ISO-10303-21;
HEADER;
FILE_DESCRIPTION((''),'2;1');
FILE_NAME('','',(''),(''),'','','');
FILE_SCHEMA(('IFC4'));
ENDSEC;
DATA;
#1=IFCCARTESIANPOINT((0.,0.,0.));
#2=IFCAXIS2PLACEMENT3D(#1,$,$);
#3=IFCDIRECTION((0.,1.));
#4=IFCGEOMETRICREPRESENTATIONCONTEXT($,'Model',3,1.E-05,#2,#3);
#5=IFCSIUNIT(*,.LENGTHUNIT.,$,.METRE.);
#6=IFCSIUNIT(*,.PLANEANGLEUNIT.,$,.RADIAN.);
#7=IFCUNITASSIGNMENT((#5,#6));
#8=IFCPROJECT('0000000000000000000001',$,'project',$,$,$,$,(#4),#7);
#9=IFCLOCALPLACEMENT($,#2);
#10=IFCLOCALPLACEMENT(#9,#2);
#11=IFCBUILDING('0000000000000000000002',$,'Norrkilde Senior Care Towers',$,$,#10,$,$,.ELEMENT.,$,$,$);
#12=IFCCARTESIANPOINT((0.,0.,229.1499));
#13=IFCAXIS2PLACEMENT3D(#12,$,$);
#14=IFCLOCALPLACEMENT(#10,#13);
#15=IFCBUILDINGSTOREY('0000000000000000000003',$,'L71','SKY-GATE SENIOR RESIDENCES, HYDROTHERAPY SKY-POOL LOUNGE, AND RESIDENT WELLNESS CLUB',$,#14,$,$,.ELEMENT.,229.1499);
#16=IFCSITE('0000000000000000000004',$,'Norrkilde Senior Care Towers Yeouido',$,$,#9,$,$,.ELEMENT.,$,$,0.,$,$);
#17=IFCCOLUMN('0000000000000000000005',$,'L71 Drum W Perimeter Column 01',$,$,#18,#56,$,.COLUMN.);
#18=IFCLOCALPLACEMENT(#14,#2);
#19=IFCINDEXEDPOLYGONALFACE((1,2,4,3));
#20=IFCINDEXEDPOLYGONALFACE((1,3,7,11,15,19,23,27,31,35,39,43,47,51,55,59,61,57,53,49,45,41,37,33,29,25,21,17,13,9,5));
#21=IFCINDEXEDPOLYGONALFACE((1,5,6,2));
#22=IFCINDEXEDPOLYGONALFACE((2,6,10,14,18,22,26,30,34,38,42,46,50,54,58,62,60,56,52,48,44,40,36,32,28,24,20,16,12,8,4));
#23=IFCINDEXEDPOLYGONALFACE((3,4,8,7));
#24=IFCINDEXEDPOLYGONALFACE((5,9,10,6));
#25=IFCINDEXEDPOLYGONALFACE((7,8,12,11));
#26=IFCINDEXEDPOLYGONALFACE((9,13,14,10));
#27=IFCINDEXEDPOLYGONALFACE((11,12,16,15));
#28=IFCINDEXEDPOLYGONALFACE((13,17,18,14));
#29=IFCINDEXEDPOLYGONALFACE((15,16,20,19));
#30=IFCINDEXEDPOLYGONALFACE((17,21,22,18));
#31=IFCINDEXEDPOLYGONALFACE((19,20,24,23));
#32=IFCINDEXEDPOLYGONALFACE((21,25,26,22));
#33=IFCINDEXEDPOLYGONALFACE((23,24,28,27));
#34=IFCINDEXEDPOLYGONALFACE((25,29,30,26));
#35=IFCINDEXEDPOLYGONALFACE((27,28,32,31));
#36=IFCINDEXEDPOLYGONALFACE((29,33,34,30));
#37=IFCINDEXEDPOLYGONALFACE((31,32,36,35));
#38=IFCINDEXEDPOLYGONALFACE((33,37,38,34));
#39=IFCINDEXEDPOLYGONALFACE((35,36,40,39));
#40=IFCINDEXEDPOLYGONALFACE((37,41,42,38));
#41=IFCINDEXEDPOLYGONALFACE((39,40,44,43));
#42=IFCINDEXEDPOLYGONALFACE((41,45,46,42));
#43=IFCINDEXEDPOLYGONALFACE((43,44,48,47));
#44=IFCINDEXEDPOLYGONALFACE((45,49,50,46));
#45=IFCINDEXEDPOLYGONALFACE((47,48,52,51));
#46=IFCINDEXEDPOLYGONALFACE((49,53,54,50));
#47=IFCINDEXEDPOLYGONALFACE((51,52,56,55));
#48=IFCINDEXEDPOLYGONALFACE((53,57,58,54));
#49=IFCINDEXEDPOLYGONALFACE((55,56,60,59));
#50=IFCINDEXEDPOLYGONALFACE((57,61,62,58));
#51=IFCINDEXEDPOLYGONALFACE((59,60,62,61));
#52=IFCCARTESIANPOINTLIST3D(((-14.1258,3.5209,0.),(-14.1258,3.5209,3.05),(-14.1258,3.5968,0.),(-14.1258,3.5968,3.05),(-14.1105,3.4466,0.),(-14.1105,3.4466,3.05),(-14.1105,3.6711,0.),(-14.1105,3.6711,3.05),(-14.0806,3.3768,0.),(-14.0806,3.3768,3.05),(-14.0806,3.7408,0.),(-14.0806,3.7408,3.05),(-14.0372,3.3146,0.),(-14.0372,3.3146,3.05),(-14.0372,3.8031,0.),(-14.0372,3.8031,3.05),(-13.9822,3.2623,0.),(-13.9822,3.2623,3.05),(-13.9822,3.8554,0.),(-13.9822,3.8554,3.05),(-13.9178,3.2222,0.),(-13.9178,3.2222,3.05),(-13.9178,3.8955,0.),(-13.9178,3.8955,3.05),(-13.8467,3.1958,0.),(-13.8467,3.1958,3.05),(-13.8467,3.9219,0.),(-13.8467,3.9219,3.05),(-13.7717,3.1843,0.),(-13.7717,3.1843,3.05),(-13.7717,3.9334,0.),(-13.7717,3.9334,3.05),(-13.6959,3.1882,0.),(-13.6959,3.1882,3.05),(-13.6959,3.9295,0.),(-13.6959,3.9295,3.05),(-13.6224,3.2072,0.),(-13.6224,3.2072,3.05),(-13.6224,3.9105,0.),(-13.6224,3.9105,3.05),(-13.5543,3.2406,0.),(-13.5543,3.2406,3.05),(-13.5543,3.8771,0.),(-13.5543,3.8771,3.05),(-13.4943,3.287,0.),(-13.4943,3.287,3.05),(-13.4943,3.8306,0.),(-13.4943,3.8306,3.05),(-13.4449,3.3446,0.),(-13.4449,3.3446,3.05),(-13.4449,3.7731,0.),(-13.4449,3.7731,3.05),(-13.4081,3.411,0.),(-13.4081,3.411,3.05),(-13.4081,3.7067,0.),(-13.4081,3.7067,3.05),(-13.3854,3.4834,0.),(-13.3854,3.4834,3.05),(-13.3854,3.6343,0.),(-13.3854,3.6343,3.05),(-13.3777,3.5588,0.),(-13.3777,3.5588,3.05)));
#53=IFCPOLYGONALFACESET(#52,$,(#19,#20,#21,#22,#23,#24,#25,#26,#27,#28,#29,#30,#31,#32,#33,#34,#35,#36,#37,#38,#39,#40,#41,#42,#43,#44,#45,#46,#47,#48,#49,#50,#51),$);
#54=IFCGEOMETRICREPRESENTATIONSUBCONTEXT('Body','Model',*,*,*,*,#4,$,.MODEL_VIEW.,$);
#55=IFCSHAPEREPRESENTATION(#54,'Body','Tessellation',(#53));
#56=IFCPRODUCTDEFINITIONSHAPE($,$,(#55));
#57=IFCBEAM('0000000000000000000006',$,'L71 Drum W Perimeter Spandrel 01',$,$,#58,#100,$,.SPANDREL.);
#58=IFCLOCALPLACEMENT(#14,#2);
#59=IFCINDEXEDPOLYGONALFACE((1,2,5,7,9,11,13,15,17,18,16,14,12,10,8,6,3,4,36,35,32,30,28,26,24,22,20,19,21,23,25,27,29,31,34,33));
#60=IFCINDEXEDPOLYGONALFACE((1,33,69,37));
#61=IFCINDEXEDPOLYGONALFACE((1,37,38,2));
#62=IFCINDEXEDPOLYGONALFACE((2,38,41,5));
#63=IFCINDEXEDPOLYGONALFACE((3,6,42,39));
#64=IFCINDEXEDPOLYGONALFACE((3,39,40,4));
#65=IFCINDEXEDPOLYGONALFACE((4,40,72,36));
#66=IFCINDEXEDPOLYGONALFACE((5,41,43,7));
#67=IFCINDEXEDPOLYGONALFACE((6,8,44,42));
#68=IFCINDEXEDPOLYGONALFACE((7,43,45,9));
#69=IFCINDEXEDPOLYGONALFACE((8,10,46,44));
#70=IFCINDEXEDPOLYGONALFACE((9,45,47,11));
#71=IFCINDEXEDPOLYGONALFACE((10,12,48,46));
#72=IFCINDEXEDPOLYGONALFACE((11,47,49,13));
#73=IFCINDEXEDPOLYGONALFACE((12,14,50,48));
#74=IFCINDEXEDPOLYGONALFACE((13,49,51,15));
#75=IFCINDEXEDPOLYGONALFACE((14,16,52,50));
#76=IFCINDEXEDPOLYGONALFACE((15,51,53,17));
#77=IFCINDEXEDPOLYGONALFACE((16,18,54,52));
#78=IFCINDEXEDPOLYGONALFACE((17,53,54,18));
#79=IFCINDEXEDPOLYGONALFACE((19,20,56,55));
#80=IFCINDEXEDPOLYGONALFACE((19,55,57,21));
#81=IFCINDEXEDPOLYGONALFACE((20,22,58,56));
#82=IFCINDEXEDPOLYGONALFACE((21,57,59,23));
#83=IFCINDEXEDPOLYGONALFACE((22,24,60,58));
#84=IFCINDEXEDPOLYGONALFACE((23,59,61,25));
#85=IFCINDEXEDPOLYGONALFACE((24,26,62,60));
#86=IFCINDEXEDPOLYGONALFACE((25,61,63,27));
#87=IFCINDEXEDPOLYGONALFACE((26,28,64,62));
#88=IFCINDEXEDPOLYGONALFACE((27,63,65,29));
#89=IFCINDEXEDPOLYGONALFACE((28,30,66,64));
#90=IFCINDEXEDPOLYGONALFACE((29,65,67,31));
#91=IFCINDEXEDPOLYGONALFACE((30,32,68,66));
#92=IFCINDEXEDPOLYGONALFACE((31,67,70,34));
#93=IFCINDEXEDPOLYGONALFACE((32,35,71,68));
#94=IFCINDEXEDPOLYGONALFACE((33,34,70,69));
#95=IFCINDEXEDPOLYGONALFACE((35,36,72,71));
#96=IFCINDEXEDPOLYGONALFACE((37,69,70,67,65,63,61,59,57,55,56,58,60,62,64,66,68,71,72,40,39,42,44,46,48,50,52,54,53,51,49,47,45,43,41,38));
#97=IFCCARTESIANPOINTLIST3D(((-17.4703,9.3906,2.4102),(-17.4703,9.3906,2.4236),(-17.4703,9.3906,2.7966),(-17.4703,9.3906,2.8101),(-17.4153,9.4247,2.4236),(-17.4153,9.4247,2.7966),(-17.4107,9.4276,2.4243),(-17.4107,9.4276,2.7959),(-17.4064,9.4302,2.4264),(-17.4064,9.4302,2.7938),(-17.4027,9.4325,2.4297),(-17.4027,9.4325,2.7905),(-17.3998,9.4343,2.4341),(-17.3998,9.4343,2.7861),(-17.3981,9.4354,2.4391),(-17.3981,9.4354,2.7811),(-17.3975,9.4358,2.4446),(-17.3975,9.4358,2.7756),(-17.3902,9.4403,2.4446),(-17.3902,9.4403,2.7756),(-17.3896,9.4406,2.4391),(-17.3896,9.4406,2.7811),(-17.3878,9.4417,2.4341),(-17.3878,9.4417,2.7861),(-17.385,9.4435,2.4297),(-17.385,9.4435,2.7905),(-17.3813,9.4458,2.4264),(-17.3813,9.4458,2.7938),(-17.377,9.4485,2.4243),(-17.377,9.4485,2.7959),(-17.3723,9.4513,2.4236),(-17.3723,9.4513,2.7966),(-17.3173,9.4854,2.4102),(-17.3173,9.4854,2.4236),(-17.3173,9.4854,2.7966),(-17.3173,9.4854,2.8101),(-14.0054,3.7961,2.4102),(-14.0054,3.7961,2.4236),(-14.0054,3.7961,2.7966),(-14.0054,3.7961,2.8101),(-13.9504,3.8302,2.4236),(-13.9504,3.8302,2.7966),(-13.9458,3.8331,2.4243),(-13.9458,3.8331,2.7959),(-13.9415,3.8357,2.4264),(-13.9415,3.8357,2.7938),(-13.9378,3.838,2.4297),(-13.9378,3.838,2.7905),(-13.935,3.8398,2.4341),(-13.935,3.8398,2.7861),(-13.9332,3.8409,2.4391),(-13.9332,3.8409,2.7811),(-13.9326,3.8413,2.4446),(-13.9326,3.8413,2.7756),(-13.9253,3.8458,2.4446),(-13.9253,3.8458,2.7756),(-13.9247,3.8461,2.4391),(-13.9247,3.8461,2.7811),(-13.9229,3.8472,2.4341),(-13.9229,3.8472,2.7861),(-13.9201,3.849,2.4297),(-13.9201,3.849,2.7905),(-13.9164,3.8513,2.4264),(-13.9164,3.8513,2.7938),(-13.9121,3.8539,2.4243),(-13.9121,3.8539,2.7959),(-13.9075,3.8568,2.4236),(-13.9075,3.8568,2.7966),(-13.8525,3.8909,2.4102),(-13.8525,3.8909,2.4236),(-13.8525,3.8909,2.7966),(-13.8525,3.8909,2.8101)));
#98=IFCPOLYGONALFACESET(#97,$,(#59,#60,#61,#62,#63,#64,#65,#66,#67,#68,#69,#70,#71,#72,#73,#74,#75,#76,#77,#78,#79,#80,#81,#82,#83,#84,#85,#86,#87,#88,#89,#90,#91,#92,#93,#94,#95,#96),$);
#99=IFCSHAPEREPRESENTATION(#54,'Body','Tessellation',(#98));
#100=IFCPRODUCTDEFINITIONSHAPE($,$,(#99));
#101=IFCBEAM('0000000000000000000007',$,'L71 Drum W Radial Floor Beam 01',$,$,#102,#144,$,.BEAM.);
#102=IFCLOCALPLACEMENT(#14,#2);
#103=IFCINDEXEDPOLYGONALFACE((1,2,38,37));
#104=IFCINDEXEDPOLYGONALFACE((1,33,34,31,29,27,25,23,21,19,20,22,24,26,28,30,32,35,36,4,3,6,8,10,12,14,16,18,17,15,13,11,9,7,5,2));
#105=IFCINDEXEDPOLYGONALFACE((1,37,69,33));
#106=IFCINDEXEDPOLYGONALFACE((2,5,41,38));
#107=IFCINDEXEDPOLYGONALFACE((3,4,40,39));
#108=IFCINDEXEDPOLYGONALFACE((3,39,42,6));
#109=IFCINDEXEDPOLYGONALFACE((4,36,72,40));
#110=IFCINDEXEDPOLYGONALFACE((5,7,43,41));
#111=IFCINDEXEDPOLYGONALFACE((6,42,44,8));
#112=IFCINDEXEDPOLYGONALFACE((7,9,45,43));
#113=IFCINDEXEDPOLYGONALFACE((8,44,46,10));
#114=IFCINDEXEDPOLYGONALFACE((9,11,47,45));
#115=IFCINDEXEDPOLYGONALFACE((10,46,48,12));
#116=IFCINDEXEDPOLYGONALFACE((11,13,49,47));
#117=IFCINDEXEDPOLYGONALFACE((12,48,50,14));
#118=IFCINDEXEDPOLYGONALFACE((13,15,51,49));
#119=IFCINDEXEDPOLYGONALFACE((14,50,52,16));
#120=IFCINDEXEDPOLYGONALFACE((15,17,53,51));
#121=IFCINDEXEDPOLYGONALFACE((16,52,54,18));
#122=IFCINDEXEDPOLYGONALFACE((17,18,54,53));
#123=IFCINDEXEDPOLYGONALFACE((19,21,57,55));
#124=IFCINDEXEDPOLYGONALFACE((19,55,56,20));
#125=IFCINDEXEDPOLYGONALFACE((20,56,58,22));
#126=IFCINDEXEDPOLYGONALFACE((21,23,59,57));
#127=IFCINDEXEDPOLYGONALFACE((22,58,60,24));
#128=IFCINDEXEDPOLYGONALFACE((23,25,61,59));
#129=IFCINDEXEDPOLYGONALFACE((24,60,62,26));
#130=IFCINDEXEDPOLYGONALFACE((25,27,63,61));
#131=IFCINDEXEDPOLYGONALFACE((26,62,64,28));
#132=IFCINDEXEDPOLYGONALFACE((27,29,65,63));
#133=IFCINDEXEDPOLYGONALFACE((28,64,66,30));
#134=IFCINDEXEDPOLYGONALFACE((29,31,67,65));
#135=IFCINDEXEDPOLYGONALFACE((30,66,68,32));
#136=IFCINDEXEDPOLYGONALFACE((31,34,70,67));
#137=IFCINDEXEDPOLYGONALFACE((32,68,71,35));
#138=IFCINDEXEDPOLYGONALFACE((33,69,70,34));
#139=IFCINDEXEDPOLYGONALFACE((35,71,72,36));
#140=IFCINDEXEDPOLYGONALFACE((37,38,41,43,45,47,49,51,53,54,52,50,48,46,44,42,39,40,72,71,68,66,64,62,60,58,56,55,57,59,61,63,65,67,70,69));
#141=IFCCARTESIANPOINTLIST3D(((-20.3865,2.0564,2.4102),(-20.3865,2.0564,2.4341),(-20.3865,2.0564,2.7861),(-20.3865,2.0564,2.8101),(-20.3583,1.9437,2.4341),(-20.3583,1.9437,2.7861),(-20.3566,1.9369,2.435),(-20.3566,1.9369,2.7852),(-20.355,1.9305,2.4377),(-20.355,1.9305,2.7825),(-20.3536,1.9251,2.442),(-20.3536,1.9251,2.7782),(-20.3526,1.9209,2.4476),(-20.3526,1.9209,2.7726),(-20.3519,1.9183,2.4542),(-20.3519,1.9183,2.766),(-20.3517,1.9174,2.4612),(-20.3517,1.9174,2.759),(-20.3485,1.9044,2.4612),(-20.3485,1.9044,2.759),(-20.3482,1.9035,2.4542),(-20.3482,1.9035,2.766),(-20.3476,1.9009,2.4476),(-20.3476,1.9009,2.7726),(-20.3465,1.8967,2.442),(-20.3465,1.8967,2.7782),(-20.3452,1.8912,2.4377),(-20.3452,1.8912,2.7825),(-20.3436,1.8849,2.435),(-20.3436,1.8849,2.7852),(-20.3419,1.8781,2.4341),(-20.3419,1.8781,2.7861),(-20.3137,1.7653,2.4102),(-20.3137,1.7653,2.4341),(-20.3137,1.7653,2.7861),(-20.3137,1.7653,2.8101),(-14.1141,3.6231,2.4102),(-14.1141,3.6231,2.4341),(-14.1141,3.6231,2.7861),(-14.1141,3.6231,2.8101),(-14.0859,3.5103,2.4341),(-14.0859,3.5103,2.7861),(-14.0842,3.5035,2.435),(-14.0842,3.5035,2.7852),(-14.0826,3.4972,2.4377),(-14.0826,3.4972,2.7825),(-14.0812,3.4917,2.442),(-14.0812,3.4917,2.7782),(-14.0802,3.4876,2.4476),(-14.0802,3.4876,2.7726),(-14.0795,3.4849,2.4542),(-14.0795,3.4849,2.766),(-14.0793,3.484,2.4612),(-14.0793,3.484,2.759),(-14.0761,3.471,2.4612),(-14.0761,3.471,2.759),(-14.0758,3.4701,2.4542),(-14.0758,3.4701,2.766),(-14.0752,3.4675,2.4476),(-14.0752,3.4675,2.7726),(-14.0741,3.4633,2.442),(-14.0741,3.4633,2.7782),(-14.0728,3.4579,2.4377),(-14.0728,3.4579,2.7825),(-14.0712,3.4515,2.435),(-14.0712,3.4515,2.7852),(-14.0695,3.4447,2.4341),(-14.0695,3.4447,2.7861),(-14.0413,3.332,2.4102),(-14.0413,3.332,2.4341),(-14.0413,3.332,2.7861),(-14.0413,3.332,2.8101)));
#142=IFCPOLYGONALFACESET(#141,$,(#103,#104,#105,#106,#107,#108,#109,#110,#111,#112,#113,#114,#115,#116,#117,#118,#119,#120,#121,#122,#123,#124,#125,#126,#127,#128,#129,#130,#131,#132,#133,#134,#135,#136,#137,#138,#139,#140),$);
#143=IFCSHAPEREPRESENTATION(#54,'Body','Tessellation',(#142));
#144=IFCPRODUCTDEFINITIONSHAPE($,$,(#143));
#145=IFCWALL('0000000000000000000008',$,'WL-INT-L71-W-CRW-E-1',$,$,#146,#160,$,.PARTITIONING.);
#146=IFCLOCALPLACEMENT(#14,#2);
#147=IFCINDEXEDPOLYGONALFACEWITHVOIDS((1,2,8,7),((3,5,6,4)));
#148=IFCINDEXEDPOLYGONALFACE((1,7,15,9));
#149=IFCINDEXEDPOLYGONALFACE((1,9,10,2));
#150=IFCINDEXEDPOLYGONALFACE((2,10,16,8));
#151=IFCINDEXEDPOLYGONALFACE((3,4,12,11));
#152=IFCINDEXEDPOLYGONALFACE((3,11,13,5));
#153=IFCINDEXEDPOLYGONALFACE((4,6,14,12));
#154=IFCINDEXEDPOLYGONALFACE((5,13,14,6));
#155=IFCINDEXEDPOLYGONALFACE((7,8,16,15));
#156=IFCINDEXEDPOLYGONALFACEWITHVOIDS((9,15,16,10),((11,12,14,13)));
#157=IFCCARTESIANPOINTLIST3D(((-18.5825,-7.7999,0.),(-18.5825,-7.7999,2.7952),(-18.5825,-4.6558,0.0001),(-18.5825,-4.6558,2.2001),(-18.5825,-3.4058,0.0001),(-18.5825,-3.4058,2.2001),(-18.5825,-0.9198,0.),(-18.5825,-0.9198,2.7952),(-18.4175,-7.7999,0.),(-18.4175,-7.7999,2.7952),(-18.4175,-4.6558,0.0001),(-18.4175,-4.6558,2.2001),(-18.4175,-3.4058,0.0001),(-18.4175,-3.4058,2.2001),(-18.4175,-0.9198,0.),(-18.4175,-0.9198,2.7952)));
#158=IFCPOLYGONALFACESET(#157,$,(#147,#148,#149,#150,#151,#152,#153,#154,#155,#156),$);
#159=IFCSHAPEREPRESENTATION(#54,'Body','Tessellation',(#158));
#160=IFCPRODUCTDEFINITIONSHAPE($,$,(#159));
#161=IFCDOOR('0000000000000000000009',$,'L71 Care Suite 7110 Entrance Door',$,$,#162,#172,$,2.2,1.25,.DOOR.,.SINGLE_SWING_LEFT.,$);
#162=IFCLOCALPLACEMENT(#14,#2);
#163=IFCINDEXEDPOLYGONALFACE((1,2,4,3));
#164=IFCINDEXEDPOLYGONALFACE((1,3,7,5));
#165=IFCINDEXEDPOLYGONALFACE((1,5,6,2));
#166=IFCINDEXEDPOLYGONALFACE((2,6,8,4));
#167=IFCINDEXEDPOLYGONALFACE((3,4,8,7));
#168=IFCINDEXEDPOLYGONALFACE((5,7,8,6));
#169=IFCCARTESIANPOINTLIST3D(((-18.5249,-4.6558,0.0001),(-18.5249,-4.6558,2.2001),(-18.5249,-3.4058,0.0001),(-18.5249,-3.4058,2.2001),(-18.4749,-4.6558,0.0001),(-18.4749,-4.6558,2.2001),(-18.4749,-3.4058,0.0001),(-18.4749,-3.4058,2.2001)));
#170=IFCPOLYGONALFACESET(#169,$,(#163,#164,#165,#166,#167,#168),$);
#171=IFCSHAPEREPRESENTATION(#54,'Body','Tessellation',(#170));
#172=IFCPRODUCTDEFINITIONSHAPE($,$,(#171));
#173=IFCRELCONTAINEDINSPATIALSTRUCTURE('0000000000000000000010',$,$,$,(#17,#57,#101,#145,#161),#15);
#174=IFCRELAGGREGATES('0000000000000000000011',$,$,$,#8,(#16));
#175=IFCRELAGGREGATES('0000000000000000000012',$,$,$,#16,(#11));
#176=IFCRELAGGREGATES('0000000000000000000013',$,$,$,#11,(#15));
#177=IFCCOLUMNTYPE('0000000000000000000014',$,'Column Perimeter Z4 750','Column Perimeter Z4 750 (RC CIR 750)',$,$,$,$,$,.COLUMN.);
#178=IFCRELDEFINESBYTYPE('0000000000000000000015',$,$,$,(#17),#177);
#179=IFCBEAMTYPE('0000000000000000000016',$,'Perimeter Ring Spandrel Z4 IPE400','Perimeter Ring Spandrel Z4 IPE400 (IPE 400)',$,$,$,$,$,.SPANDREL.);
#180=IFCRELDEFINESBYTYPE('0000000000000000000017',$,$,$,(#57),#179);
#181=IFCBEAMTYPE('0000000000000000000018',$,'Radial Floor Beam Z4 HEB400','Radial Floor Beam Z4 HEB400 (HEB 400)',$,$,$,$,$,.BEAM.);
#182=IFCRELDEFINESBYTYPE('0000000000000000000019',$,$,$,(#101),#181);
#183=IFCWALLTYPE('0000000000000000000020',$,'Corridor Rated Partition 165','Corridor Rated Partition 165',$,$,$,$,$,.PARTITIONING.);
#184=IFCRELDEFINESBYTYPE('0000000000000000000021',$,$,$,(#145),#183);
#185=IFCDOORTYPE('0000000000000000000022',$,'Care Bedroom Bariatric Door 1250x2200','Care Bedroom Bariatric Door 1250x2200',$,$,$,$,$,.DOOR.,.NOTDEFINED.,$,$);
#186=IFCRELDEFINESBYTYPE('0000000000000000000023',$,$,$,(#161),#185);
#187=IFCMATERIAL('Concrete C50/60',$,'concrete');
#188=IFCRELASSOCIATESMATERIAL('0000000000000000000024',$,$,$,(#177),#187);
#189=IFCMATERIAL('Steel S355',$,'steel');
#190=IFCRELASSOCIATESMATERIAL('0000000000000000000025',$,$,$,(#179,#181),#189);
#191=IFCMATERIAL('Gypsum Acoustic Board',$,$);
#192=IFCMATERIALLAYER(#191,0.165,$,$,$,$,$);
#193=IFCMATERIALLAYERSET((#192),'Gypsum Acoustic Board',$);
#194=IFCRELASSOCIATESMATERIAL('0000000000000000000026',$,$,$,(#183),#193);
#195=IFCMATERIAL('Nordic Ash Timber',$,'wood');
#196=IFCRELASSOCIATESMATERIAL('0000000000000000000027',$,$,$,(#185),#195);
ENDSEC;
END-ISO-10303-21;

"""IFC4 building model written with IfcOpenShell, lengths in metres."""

from ifc_helpers import new_model, si_unit, direction, frame, frame_2d, origin, origin_2d, place, context, subcontext, project, spatial, rectangle, circle, i_section, extrude, source, transform, mapped, material, layer, layer_set, material_profile, profile_set, type_object, type_shapes, element, fill, save


model = new_model("IFC4")

# Units and contexts
model_context = context("Model", 3, precision=1e-05, world=origin(), true_north=direction((0.0, 1.0)))
body_context = subcontext(model_context, "Body", "Model", "MODEL_VIEW")
ifc_project = project(units=[si_unit("LENGTHUNIT", "METRE"), si_unit("PLANEANGLEUNIT", "RADIAN")], contexts=[model_context])

# Site, building, storey
site_placement = place(None, origin())
site = spatial("IfcSite", under=ifc_project, at=site_placement, Name="Norrkilde Senior Care Towers Yeouido", CompositionType="ELEMENT", RefElevation=0.0)
building_placement = place(site_placement, origin())
building = spatial("IfcBuilding", under=site, at=building_placement, Name="Norrkilde Senior Care Towers", CompositionType="ELEMENT")
storey_placement = place(building_placement, frame((0.0, 0.0, 229.1499)))
storey = spatial("IfcBuildingStorey", under=building, at=storey_placement, Name="L71", Description="SKY-GATE SENIOR RESIDENCES, HYDROTHERAPY SKY-POOL LOUNGE, AND RESIDENT WELLNESS CLUB", CompositionType="ELEMENT", Elevation=229.1499)

# Column
ifc_material_1 = material(Name="Concrete C50/60", Category="concrete")
ifc_material_profile_1 = material_profile(ifc_material_1, circle(Radius=0.375, at=origin_2d()), Name="RC CIR 750")
ifc_profile_set_1 = profile_set([ifc_material_profile_1], Name="Concrete C50/60")
column_type = type_object("IfcColumnType", Name="Column Perimeter Z4 750", Description="Column Perimeter Z4 750 (RC CIR 750)", PredefinedType="COLUMN", material=ifc_profile_set_1)
shared_shape_1 = source(origin(), body_context, "Body", "SweptSolid", [
    extrude(circle(Radius=0.375, at=origin_2d()), origin(), (0.0, 0.0, 1.0), 3.05),
])
type_shapes(column_type, [shared_shape_1])
column_placement = place(storey_placement, frame((-13.7527, 3.5588, 0.0), z_axis=(0.0, 0.0, 1.0), x_axis=(1.0, 0.0, 0.0)))
element("IfcColumn", 1, at=column_placement, inside=storey, type_object=column_type, Name="L71 Drum W Perimeter Column 01", PredefinedType="COLUMN", context=body_context, shape_type="MappedRepresentation", body=[
    mapped(shared_shape_1, transform((0.0, 0.0, 0.0), x_axis=(1.0, 0.0, 0.0), y_axis=(0.0, 1.0, 0.0), z_axis=(0.0, 0.0, 1.0), scale=1.0)),
])

# Beams
ifc_material_2 = material(Name="Steel S355", Category="steel")
ifc_material_profile_2 = material_profile(ifc_material_2, i_section(OverallWidth=0.1799, OverallDepth=0.3999, WebThickness=0.0085, FlangeThickness=0.0134, FilletRadius=0.021, at=origin_2d()), Name="IPE 400")
ifc_profile_set_2 = profile_set([ifc_material_profile_2], Name="Steel S355")
beam_type_1 = type_object("IfcBeamType", Name="Perimeter Ring Spandrel Z4 IPE400", Description="Perimeter Ring Spandrel Z4 IPE400 (IPE 400)", PredefinedType="SPANDREL", material=ifc_profile_set_2)
shared_shape_2 = source(origin(), body_context, "Body", "SweptSolid", [
    extrude(i_section(OverallWidth=0.1799, OverallDepth=0.3999, WebThickness=0.0085, FlangeThickness=0.0134, FilletRadius=0.021, at=origin_2d()), origin(), (0.0, 0.0, 1.0), 6.5806),
])
type_shapes(beam_type_1, [shared_shape_2])
beam_1_placement = place(storey_placement, frame((-13.929, 3.8435, 2.6101), z_axis=(-0.52653, 0.850157, 0.0), x_axis=(-0.850157, -0.52653, 0.0)))
element("IfcBeam", 2, at=beam_1_placement, inside=storey, type_object=beam_type_1, Name="L71 Drum W Perimeter Spandrel 01", PredefinedType="SPANDREL", context=body_context, shape_type="MappedRepresentation", body=[
    mapped(shared_shape_2, transform((0.0, 0.0, 0.0), x_axis=(1.0, 0.0, 0.0), y_axis=(0.0, 1.0, 0.0), z_axis=(0.0, 0.0, 1.0), scale=1.0)),
])
ifc_material_profile_3 = material_profile(ifc_material_2, i_section(OverallWidth=0.3, OverallDepth=0.3999, WebThickness=0.0134, FlangeThickness=0.0239, FilletRadius=0.0271, at=origin_2d()), Name="HEB 400")
ifc_profile_set_3 = profile_set([ifc_material_profile_3], Name="Steel S355")
beam_type_2 = type_object("IfcBeamType", Name="Radial Floor Beam Z4 HEB400", Description="Radial Floor Beam Z4 HEB400 (HEB 400)", PredefinedType="BEAM", material=ifc_profile_set_3)
shared_shape_3 = source(origin(), body_context, "Body", "SweptSolid", [
    extrude(i_section(OverallWidth=0.3, OverallDepth=0.3999, WebThickness=0.0134, FlangeThickness=0.0239, FilletRadius=0.0271, at=origin_2d()), origin(), (0.0, 0.0, 1.0), 6.4651),
])
type_shapes(beam_type_2, [shared_shape_3])
beam_2_placement = place(storey_placement, frame((-20.3501, 1.9109, 2.6101), z_axis=(0.970196, 0.242322, 0.0), x_axis=(-0.242322, 0.970196, 0.0)))
element("IfcBeam", 3, at=beam_2_placement, inside=storey, type_object=beam_type_2, Name="L71 Drum W Radial Floor Beam 01", PredefinedType="BEAM", context=body_context, shape_type="MappedRepresentation", body=[
    mapped(shared_shape_3, transform((0.0, 0.0, 0.0), x_axis=(1.0, 0.0, 0.0), y_axis=(0.0, 1.0, 0.0), z_axis=(0.0, 0.0, 1.0), scale=1.0)),
])

# Wall, opening, door
ifc_material_3 = material(Name="Gypsum Acoustic Board")
ifc_layer = layer(ifc_material_3, 0.165)
ifc_layer_set = layer_set([ifc_layer], Name="Gypsum Acoustic Board")
wall_type = type_object("IfcWallType", Name="Corridor Rated Partition 165", Description="Corridor Rated Partition 165", PredefinedType="PARTITIONING", material=ifc_layer_set)
shared_shape_4 = source(origin(), body_context, "Body", "SweptSolid", [
    extrude(rectangle(XDim=6.8801, YDim=0.165, at=frame_2d((3.4399, 0.0))), origin(), (0.0, 0.0, 1.0), 2.7952),
])
wall_1_placement = place(storey_placement, frame((-18.5, -0.9199, 0.0), z_axis=(0.0, 0.0, 1.0), x_axis=(0.0, -1.0, 0.0)))
wall_1 = element("IfcWall", 4, at=wall_1_placement, inside=storey, type_object=wall_type, Name="WL-INT-L71-W-CRW-E-1", PredefinedType="PARTITIONING", context=body_context, shape_type="MappedRepresentation", body=[
    mapped(shared_shape_4, transform((0.0, 0.0, 0.0), x_axis=(1.0, 0.0, 0.0), y_axis=(0.0, 1.0, 0.0), z_axis=(0.0, 0.0, 1.0), scale=1.0)),
])
opening_1_placement = place(wall_1_placement, frame((2.4858, 0.0, 0.0)))
opening_1 = element("IfcOpeningElement", 5, at=opening_1_placement, cuts=wall_1, PredefinedType="OPENING", context=body_context, shape_type="SweptSolid", body=[
    extrude(rectangle(XDim=1.25, YDim=2.2, at=frame_2d((0.625, 1.1001))), frame((0.0, 0.0925, 0.0), z_axis=(0.0, -1.0, 0.0), x_axis=(1.0, 0.0, 0.0)), (0.0, 0.0, 1.0), 0.1851),
])
ifc_material_4 = material(Name="Nordic Ash Timber", Category="wood")
door_type_1 = type_object("IfcDoorType", Name="Care Bedroom Bariatric Door 1250x2200", Description="Care Bedroom Bariatric Door 1250x2200", OperationType="NOTDEFINED", PredefinedType="DOOR", material=ifc_material_4)
shared_shape_5 = source(origin(), body_context, "Body", "SweptSolid", [
    extrude(rectangle(XDim=1.25, YDim=2.2, at=frame_2d((0.625, 1.1001))), frame((0.0, 0.0249, 0.0), z_axis=(0.0, -1.0, 0.0), x_axis=(1.0, 0.0, 0.0)), (0.0, 0.0, 1.0), 0.05),
])
type_shapes(door_type_1, [shared_shape_5])
door_1_placement = place(opening_1_placement, frame((1.25, 0.0, 0.0), z_axis=(0.0, 0.0, 1.0), x_axis=(-1.0, 0.0, 0.0)))
door_1 = element("IfcDoor", 6, at=door_1_placement, inside=storey, type_object=door_type_1, Name="L71 Care Suite 7110 Entrance Door", OperationType="SINGLE_SWING_LEFT", OverallHeight=2.2, OverallWidth=1.25, PredefinedType="DOOR", context=body_context, shape_type="MappedRepresentation", body=[
    mapped(shared_shape_5, transform((0.0, 0.0, 0.0), x_axis=(1.0, 0.0, 0.0), y_axis=(0.0, 1.0, 0.0), z_axis=(0.0, 0.0, 1.0), scale=1.0)),
])
fill(opening_1, door_1)

save(model, "model.ifc")
